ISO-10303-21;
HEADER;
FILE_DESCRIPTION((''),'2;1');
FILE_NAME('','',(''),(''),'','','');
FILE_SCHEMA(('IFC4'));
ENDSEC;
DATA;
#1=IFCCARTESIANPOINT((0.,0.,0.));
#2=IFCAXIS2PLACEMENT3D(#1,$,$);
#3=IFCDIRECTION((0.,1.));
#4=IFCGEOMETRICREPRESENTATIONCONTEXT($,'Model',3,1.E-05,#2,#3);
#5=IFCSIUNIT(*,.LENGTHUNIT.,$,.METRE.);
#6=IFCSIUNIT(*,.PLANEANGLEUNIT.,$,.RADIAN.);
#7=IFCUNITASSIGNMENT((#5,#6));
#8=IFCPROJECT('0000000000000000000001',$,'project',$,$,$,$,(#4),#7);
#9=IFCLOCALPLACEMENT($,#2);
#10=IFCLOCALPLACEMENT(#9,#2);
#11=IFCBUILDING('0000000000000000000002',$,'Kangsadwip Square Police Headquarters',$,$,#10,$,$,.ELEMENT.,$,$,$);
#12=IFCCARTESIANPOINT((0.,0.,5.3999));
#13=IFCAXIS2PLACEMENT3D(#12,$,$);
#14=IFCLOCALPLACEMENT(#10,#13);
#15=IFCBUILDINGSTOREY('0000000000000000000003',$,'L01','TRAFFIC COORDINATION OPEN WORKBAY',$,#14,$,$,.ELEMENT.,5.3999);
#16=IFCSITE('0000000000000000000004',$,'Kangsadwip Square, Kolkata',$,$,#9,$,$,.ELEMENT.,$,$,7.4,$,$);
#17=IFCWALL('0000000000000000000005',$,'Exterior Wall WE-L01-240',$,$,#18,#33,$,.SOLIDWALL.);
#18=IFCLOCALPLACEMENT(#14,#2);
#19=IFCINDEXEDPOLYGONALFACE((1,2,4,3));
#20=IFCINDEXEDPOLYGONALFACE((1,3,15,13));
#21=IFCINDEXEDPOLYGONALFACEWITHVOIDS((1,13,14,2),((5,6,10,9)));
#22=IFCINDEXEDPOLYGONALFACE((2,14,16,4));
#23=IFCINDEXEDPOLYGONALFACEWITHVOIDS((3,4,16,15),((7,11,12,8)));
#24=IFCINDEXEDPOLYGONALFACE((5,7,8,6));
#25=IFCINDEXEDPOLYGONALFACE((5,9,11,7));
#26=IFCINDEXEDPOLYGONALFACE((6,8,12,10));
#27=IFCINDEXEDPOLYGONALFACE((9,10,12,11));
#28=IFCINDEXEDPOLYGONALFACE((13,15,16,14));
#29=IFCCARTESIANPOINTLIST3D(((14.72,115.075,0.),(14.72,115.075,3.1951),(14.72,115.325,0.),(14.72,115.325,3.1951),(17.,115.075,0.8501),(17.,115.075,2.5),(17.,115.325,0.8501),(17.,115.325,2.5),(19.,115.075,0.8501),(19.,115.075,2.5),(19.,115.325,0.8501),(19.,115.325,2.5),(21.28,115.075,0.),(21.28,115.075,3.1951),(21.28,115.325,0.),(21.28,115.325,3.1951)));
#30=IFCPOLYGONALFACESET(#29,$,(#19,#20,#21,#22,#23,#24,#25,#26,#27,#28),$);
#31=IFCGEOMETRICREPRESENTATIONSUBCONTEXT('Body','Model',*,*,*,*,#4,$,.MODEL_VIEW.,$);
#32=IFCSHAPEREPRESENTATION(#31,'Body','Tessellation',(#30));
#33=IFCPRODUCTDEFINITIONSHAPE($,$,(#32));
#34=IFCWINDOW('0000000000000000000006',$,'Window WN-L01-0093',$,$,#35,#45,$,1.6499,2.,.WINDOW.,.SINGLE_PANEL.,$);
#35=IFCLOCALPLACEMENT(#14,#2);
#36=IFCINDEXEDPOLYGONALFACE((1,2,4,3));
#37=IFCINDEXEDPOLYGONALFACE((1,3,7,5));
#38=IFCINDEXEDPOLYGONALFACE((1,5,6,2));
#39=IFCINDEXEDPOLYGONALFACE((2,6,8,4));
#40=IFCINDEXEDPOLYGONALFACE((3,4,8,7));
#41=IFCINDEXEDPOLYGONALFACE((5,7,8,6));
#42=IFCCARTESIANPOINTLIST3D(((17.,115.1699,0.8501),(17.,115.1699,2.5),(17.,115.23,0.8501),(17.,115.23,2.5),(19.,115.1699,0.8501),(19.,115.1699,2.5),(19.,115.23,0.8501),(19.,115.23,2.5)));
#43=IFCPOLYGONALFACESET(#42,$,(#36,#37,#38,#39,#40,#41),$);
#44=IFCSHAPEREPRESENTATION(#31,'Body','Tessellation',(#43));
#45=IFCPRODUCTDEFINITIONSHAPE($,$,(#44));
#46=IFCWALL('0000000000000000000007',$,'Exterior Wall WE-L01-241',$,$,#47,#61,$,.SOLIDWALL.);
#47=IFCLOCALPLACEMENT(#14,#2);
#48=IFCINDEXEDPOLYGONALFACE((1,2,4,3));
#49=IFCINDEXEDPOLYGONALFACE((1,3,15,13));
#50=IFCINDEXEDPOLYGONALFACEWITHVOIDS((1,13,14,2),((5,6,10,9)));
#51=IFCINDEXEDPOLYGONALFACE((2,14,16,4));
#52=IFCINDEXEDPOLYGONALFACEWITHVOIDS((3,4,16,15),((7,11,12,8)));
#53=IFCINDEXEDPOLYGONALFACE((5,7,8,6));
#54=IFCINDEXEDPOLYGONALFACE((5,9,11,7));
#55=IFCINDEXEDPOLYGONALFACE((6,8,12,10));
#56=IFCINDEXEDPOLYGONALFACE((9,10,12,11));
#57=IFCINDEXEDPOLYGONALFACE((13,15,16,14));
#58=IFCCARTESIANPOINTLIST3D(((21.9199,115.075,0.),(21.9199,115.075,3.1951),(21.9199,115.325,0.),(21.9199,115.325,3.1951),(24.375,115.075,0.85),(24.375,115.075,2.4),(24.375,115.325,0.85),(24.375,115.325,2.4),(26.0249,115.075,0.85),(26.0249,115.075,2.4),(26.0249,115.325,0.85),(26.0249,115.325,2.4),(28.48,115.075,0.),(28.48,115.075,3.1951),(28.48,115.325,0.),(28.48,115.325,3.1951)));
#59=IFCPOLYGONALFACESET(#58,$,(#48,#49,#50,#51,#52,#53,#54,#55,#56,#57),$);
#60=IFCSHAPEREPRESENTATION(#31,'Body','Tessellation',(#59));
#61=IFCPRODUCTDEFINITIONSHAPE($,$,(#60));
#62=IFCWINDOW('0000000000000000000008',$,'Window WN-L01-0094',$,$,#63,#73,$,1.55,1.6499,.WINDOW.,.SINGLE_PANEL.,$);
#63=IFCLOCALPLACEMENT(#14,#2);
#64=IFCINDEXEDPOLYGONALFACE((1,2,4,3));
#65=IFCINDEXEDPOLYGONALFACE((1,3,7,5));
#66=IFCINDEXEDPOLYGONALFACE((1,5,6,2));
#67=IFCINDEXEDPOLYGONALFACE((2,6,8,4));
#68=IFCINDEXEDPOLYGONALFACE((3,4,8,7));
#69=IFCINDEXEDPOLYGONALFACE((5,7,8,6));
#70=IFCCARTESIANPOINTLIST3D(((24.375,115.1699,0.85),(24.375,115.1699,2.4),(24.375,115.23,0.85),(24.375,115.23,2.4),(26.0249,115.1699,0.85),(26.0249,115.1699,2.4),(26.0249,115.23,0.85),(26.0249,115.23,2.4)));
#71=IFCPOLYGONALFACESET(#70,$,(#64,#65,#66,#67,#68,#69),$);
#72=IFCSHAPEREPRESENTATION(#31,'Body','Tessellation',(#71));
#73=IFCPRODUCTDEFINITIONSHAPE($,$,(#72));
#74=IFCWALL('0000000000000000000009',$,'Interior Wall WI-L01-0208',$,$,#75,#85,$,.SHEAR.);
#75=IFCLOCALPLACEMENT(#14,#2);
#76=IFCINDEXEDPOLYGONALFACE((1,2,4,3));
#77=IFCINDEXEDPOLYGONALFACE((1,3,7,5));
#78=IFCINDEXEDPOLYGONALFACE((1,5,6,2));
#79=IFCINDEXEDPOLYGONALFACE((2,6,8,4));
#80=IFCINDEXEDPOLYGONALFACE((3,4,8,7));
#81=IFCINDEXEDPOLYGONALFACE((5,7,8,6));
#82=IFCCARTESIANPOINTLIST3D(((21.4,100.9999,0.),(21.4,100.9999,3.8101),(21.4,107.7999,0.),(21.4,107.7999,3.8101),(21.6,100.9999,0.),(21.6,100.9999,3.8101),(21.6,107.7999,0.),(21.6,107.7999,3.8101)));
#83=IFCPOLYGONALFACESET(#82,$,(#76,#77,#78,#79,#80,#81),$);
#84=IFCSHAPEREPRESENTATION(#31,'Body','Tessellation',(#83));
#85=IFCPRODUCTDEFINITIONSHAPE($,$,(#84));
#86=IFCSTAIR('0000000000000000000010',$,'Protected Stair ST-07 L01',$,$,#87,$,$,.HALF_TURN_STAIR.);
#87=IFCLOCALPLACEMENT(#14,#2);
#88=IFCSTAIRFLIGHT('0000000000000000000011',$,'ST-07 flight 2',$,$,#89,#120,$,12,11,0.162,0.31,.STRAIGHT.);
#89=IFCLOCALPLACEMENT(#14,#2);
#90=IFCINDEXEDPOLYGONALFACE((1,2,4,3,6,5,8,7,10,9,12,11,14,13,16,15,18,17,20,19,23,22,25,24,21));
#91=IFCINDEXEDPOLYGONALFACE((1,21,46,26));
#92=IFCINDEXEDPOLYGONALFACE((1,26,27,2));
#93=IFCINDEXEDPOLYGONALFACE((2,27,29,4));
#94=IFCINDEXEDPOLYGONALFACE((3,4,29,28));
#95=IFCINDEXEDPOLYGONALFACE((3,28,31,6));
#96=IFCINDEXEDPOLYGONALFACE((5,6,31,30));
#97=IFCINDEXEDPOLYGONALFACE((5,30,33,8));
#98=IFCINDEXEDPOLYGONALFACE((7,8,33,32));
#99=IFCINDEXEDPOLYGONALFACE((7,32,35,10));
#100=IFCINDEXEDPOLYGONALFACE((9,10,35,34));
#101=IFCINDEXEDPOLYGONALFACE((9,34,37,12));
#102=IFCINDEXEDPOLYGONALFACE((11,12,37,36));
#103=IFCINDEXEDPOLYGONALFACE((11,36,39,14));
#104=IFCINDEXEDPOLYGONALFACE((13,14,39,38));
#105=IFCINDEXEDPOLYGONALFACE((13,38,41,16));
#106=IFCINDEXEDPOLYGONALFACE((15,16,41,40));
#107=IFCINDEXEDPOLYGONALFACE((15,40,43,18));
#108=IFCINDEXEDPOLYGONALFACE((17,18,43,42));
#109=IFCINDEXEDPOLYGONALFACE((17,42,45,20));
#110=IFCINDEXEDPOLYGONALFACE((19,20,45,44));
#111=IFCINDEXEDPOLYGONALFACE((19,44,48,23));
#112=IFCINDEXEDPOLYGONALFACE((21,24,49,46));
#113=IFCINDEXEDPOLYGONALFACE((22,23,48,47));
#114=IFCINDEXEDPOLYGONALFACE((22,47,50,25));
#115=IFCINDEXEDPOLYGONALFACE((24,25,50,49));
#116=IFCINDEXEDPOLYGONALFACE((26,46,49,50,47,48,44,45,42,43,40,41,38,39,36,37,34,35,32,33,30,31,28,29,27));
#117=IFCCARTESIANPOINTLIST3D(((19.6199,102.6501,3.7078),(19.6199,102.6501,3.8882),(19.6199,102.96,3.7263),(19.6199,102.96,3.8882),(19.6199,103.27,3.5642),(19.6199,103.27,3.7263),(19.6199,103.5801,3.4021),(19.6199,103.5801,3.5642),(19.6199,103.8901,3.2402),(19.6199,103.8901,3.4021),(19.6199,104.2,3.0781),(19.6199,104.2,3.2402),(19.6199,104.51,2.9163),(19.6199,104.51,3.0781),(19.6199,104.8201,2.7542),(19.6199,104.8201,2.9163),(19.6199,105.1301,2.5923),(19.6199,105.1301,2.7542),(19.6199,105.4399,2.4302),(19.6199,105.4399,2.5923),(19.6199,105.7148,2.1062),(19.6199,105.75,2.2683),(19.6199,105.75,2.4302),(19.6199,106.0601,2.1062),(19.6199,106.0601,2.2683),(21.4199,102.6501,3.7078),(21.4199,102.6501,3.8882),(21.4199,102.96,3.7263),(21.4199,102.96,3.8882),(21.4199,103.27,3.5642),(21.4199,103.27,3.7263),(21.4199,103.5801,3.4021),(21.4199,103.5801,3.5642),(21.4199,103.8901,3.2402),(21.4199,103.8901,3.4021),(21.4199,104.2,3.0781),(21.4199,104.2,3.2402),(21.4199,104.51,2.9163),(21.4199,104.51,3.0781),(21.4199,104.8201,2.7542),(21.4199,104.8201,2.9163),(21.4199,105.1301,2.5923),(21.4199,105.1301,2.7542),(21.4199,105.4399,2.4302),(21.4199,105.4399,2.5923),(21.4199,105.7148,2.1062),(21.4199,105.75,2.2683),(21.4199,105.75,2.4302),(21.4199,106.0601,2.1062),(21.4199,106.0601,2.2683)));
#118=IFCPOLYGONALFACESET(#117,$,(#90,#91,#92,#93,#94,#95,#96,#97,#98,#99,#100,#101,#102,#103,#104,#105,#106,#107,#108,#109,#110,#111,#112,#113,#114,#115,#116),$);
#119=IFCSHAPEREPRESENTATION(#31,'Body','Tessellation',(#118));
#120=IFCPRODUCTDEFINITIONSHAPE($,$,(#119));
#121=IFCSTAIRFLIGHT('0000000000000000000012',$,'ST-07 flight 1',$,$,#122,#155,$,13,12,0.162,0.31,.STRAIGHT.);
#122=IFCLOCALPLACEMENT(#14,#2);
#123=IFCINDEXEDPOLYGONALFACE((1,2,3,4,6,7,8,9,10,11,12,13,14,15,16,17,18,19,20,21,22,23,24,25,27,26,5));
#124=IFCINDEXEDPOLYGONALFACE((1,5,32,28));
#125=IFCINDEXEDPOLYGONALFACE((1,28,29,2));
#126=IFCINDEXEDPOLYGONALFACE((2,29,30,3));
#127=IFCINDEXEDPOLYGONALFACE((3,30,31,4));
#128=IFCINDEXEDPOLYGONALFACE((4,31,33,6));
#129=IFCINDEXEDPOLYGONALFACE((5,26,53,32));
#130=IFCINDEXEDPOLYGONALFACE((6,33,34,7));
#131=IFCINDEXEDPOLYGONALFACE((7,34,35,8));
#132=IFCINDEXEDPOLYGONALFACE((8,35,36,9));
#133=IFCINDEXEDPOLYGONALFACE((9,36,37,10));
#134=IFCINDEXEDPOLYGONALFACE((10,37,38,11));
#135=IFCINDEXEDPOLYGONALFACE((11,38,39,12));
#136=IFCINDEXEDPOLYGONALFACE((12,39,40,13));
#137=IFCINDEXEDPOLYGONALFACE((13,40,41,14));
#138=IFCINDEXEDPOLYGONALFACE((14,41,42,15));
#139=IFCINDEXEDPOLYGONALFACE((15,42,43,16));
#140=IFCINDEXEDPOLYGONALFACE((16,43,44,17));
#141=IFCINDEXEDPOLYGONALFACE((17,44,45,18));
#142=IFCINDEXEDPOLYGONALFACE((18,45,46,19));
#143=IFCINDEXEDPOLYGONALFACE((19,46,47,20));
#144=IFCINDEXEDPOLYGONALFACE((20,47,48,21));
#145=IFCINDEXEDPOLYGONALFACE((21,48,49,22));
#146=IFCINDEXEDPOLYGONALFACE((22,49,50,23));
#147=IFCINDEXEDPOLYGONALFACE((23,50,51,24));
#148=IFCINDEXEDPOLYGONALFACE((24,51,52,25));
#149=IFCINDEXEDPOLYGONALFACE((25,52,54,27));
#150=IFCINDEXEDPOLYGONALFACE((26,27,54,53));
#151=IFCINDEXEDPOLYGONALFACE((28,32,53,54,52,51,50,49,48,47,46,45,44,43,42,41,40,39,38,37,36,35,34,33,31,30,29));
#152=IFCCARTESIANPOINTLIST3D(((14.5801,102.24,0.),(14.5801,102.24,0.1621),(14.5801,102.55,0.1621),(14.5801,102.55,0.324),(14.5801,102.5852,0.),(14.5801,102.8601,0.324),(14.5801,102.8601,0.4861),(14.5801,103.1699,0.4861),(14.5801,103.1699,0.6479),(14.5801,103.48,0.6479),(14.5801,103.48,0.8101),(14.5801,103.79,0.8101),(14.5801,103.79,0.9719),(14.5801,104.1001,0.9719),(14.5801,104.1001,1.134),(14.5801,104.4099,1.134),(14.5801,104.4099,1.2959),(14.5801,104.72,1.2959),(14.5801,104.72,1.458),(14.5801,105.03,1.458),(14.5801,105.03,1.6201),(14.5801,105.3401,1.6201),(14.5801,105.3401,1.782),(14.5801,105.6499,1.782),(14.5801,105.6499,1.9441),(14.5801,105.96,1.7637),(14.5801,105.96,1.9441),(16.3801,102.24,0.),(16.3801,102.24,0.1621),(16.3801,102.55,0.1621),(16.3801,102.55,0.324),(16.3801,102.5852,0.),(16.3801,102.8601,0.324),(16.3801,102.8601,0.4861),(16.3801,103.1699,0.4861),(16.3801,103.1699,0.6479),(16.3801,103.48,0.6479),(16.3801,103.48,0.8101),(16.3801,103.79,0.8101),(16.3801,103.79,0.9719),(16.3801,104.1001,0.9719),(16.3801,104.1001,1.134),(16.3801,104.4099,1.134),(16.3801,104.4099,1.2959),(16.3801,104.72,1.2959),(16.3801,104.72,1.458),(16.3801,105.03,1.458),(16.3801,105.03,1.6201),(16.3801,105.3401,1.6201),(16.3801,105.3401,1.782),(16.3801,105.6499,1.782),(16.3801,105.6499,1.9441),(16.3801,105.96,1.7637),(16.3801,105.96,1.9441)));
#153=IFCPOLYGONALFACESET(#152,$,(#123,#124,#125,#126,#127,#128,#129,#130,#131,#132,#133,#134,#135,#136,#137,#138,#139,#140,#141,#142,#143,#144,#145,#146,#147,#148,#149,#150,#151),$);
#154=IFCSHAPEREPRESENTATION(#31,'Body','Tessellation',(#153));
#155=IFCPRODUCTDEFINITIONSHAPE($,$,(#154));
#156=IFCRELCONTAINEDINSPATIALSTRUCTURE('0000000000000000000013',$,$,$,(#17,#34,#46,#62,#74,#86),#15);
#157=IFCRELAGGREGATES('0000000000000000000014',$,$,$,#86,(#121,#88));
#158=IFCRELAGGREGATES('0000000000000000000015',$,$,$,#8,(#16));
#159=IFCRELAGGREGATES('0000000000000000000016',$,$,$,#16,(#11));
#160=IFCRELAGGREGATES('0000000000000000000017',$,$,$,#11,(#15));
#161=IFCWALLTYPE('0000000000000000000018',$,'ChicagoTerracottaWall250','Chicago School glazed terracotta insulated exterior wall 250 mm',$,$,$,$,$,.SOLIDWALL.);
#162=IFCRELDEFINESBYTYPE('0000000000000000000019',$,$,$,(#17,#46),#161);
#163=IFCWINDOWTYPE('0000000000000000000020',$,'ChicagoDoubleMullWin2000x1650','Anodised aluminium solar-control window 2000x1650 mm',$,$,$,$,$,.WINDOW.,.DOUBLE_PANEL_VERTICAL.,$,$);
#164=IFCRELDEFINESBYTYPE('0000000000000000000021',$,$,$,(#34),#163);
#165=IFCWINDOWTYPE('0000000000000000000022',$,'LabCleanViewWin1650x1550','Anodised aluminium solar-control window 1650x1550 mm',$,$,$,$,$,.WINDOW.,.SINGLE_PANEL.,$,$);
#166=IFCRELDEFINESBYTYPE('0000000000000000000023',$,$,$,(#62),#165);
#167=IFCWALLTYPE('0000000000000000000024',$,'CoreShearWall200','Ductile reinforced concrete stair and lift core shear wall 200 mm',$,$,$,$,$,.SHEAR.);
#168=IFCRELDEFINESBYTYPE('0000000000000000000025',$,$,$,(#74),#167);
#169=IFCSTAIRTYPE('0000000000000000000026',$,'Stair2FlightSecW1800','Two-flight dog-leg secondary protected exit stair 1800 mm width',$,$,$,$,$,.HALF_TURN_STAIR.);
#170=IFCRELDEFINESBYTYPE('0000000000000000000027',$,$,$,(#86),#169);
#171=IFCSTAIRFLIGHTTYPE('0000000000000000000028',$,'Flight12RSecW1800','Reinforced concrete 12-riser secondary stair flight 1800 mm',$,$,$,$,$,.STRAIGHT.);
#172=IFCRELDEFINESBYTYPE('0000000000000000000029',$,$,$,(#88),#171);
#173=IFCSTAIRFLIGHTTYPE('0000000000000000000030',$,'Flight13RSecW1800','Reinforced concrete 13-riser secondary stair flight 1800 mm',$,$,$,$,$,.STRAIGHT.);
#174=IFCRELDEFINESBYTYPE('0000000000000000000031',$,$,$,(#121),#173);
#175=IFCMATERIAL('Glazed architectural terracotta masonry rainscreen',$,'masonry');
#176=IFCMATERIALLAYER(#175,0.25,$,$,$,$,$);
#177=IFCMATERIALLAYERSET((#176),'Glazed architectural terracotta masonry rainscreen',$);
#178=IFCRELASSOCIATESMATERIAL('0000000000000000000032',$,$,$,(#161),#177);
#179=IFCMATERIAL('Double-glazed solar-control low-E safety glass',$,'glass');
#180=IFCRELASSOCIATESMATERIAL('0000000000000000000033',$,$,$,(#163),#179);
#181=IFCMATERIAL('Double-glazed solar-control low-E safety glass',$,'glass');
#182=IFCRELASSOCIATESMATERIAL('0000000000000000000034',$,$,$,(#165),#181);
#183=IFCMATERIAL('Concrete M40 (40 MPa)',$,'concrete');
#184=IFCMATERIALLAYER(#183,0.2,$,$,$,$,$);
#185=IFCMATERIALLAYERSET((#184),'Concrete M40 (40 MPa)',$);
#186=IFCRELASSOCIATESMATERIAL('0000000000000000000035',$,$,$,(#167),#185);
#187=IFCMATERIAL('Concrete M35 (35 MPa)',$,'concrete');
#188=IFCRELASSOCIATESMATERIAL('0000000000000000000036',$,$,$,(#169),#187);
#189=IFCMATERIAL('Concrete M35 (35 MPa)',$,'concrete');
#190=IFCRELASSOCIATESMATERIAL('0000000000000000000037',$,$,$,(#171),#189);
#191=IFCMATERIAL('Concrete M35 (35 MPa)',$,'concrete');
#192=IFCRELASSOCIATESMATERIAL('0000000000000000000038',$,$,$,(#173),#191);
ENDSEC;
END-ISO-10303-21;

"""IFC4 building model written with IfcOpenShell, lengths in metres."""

from ifc_helpers import new_model, si_unit, direction, frame, frame_2d, origin, place, context, subcontext, project, spatial, polyline, rectangle, outline, extrude, material, layer, layer_set, type_object, element, fill, aggregate, save


model = new_model("IFC4")

# Units and contexts
model_context = context("Model", 3, precision=1e-05, world=origin(), true_north=direction((0.0, 1.0)))
body_context = subcontext(model_context, "Body", "Model", "MODEL_VIEW")
ifc_project = project(units=[si_unit("LENGTHUNIT", "METRE"), si_unit("PLANEANGLEUNIT", "RADIAN")], contexts=[model_context])

# Site, building, storey
site_placement = place(None, origin())
site = spatial("IfcSite", under=ifc_project, at=site_placement, Name="Kangsadwip Square, Kolkata", CompositionType="ELEMENT", RefElevation=7.4)
building_placement = place(site_placement, origin())
building = spatial("IfcBuilding", under=site, at=building_placement, Name="Kangsadwip Square Police Headquarters", CompositionType="ELEMENT")
storey_placement = place(building_placement, frame((0.0, 0.0, 5.3999)))
storey = spatial("IfcBuildingStorey", under=building, at=storey_placement, Name="L01", Description="TRAFFIC COORDINATION OPEN WORKBAY", CompositionType="ELEMENT", Elevation=5.3999)

# Walls, openings, windows
ifc_material_1 = material(Name="Glazed architectural terracotta masonry rainscreen", Category="masonry")
ifc_layer_1 = layer(ifc_material_1, 0.25)
ifc_layer_set_1 = layer_set([ifc_layer_1], Name="Glazed architectural terracotta masonry rainscreen")
wall_type_1 = type_object("IfcWallType", Name="ChicagoTerracottaWall250", Description="Chicago School glazed terracotta insulated exterior wall 250 mm", PredefinedType="SOLIDWALL", material=ifc_layer_set_1)
wall_1_placement = place(storey_placement, frame((14.72, 115.2, 0.0), z_axis=(0.0, 0.0, 1.0), x_axis=(1.0, 0.0, 0.0)))
wall_1 = element("IfcWall", 1, at=wall_1_placement, inside=storey, type_object=wall_type_1, Name="Exterior Wall WE-L01-240", PredefinedType="SOLIDWALL", context=body_context, shape_type="SweptSolid", body=[
    extrude(rectangle(XDim=6.5601, YDim=0.25, at=frame_2d((3.28, 0.0))), origin(), (0.0, 0.0, 1.0), 3.1951),
])
opening_1_placement = place(wall_1_placement, frame((2.28, 0.0, 0.8501)))
opening_1 = element("IfcOpeningElement", 2, at=opening_1_placement, cuts=wall_1, PredefinedType="OPENING", context=body_context, shape_type="SweptSolid", body=[
    extrude(rectangle(XDim=2.0, YDim=1.6499, at=frame_2d((1.0, 0.825))), frame((0.0, 0.135, 0.0), z_axis=(0.0, -1.0, 0.0), x_axis=(1.0, 0.0, 0.0)), (0.0, 0.0, 1.0), 0.27),
])
ifc_material_2 = material(Name="Double-glazed solar-control low-E safety glass", Category="glass")
window_type_1 = type_object("IfcWindowType", Name="ChicagoDoubleMullWin2000x1650", Description="Anodised aluminium solar-control window 2000x1650 mm", PartitioningType="DOUBLE_PANEL_VERTICAL", PredefinedType="WINDOW", material=ifc_material_2)
window_1_placement = place(opening_1_placement, origin())
window_1 = element("IfcWindow", 3, at=window_1_placement, inside=storey, type_object=window_type_1, Name="Window WN-L01-0093", OverallHeight=1.6499, OverallWidth=2.0, PartitioningType="SINGLE_PANEL", PredefinedType="WINDOW", context=body_context, shape_type="SweptSolid", body=[
    extrude(rectangle(XDim=2.0, YDim=1.6499, at=frame_2d((1.0, 0.825))), frame((0.0, 0.03, 0.0), z_axis=(0.0, -1.0, 0.0), x_axis=(1.0, 0.0, 0.0)), (0.0, 0.0, 1.0), 0.0601),
])
fill(opening_1, window_1)
wall_2_placement = place(storey_placement, frame((21.9199, 115.2, 0.0), z_axis=(0.0, 0.0, 1.0), x_axis=(1.0, 0.0, 0.0)))
wall_2 = element("IfcWall", 4, at=wall_2_placement, inside=storey, type_object=wall_type_1, Name="Exterior Wall WE-L01-241", PredefinedType="SOLIDWALL", context=body_context, shape_type="SweptSolid", body=[
    extrude(rectangle(XDim=6.5601, YDim=0.25, at=frame_2d((3.28, 0.0))), origin(), (0.0, 0.0, 1.0), 3.1951),
])
opening_2_placement = place(wall_2_placement, frame((2.4551, 0.0, 0.8501)))
opening_2 = element("IfcOpeningElement", 5, at=opening_2_placement, cuts=wall_2, PredefinedType="OPENING", context=body_context, shape_type="SweptSolid", body=[
    extrude(rectangle(XDim=1.6499, YDim=1.55, at=frame_2d((0.825, 0.7749))), frame((0.0, 0.135, 0.0), z_axis=(0.0, -1.0, 0.0), x_axis=(1.0, 0.0, 0.0)), (0.0, 0.0, 1.0), 0.27),
])
ifc_material_3 = material(Name="Double-glazed solar-control low-E safety glass", Category="glass")
window_type_2 = type_object("IfcWindowType", Name="LabCleanViewWin1650x1550", Description="Anodised aluminium solar-control window 1650x1550 mm", PartitioningType="SINGLE_PANEL", PredefinedType="WINDOW", material=ifc_material_3)
window_2_placement = place(opening_2_placement, origin())
window_2 = element("IfcWindow", 6, at=window_2_placement, inside=storey, type_object=window_type_2, Name="Window WN-L01-0094", OverallHeight=1.55, OverallWidth=1.6499, PartitioningType="SINGLE_PANEL", PredefinedType="WINDOW", context=body_context, shape_type="SweptSolid", body=[
    extrude(rectangle(XDim=1.6499, YDim=1.55, at=frame_2d((0.825, 0.7749))), frame((0.0, 0.03, 0.0), z_axis=(0.0, -1.0, 0.0), x_axis=(1.0, 0.0, 0.0)), (0.0, 0.0, 1.0), 0.0601),
])
fill(opening_2, window_2)

# Wall
ifc_material_4 = material(Name="Concrete M40 (40 MPa)", Category="concrete")
ifc_layer_2 = layer(ifc_material_4, 0.2)
ifc_layer_set_2 = layer_set([ifc_layer_2], Name="Concrete M40 (40 MPa)")
wall_type_2 = type_object("IfcWallType", Name="CoreShearWall200", Description="Ductile reinforced concrete stair and lift core shear wall 200 mm", PredefinedType="SHEAR", material=ifc_layer_set_2)
wall_3_placement = place(storey_placement, frame((21.5, 101.0, 0.0), z_axis=(0.0, 0.0, 1.0), x_axis=(0.0, 1.0, 0.0)))
element("IfcWall", 7, at=wall_3_placement, inside=storey, type_object=wall_type_2, Name="Interior Wall WI-L01-0208", PredefinedType="SHEAR", context=body_context, shape_type="SweptSolid", body=[
    extrude(rectangle(XDim=6.8, YDim=0.2, at=frame_2d((3.3999, 0.0))), origin(), (0.0, 0.0, 1.0), 3.8101),
])

# Stair, stair flights
ifc_material_5 = material(Name="Concrete M35 (35 MPa)", Category="concrete")
stair_type = type_object("IfcStairType", Name="Stair2FlightSecW1800", Description="Two-flight dog-leg secondary protected exit stair 1800 mm width", PredefinedType="HALF_TURN_STAIR", material=ifc_material_5)
stair_placement = place(storey_placement, origin())
stair = element("IfcStair", 8, at=stair_placement, inside=storey, type_object=stair_type, Name="Protected Stair ST-07 L01", PredefinedType="HALF_TURN_STAIR")
ifc_material_6 = material(Name="Concrete M35 (35 MPa)", Category="concrete")
stair_flight_type_1 = type_object("IfcStairFlightType", Name="Flight12RSecW1800", Description="Reinforced concrete 12-riser secondary stair flight 1800 mm", PredefinedType="STRAIGHT", material=ifc_material_6)
stair_flight_1_placement = place(storey_placement, frame((20.52, 106.0601, 2.1062), z_axis=(0.0, 0.0, 1.0), x_axis=(0.0, -1.0, 0.0)))
stair_flight_1 = element("IfcStairFlight", 9, at=stair_flight_1_placement, type_object=stair_flight_type_1, Name="ST-07 flight 2", NumberOfRisers=12, NumberOfTreads=11, PredefinedType="STRAIGHT", RiserHeight=0.162, TreadLength=0.31, context=body_context, shape_type="SweptSolid", body=[
    extrude(outline(polyline([(0.0, 0.0), (0.0, 0.1621), (0.3101, 0.1621), (0.3101, 0.324), (0.6201, 0.324), (0.6201, 0.4861), (0.9299, 0.4861), (0.9299, 0.6479), (1.24, 0.6479), (1.24, 0.8101), (1.55, 0.8101), (1.55, 0.9719), (1.8601, 0.9719), (1.8601, 1.134), (2.1699, 1.134), (2.1699, 1.2959), (2.48, 1.2959), (2.48, 1.458), (2.79, 1.458), (2.79, 1.6201), (3.1001, 1.6201), (3.1001, 1.782), (3.4099, 1.782), (3.4099, 1.9441), (3.4099, 1.6016), (0.3452, 0.0), (0.0, 0.0)])), frame((0.0, 0.8999, 0.0), z_axis=(0.0, -1.0, 0.0), x_axis=(1.0, 0.0, 0.0)), (0.0, 0.0, 1.0), 1.8),
])
ifc_material_7 = material(Name="Concrete M35 (35 MPa)", Category="concrete")
stair_flight_type_2 = type_object("IfcStairFlightType", Name="Flight13RSecW1800", Description="Reinforced concrete 13-riser secondary stair flight 1800 mm", PredefinedType="STRAIGHT", material=ifc_material_7)
stair_flight_2_placement = place(storey_placement, frame((15.48, 102.24, 0.0), z_axis=(0.0, 0.0, 1.0), x_axis=(0.0, 1.0, 0.0)))
stair_flight_2 = element("IfcStairFlight", 10, at=stair_flight_2_placement, type_object=stair_flight_type_2, Name="ST-07 flight 1", NumberOfRisers=13, NumberOfTreads=12, PredefinedType="STRAIGHT", RiserHeight=0.162, TreadLength=0.31, context=body_context, shape_type="SweptSolid", body=[
    extrude(outline(polyline([(0.0, 0.0), (0.0, 0.1621), (0.3101, 0.1621), (0.3101, 0.324), (0.6201, 0.324), (0.6201, 0.4861), (0.9299, 0.4861), (0.9299, 0.6479), (1.24, 0.6479), (1.24, 0.8101), (1.55, 0.8101), (1.55, 0.9719), (1.8601, 0.9719), (1.8601, 1.134), (2.1699, 1.134), (2.1699, 1.2959), (2.48, 1.2959), (2.48, 1.458), (2.79, 1.458), (2.79, 1.6201), (3.1001, 1.6201), (3.1001, 1.782), (3.4099, 1.782), (3.4099, 1.9441), (3.72, 1.9441), (3.72, 2.106), (3.72, 1.7637), (0.3452, 0.0), (0.0, 0.0)])), frame((0.0, 0.8999, 0.0), z_axis=(0.0, -1.0, 0.0), x_axis=(1.0, 0.0, 0.0)), (0.0, 0.0, 1.0), 1.8),
])
aggregate(stair, [stair_flight_2, stair_flight_1])

save(model, "model.ifc")
